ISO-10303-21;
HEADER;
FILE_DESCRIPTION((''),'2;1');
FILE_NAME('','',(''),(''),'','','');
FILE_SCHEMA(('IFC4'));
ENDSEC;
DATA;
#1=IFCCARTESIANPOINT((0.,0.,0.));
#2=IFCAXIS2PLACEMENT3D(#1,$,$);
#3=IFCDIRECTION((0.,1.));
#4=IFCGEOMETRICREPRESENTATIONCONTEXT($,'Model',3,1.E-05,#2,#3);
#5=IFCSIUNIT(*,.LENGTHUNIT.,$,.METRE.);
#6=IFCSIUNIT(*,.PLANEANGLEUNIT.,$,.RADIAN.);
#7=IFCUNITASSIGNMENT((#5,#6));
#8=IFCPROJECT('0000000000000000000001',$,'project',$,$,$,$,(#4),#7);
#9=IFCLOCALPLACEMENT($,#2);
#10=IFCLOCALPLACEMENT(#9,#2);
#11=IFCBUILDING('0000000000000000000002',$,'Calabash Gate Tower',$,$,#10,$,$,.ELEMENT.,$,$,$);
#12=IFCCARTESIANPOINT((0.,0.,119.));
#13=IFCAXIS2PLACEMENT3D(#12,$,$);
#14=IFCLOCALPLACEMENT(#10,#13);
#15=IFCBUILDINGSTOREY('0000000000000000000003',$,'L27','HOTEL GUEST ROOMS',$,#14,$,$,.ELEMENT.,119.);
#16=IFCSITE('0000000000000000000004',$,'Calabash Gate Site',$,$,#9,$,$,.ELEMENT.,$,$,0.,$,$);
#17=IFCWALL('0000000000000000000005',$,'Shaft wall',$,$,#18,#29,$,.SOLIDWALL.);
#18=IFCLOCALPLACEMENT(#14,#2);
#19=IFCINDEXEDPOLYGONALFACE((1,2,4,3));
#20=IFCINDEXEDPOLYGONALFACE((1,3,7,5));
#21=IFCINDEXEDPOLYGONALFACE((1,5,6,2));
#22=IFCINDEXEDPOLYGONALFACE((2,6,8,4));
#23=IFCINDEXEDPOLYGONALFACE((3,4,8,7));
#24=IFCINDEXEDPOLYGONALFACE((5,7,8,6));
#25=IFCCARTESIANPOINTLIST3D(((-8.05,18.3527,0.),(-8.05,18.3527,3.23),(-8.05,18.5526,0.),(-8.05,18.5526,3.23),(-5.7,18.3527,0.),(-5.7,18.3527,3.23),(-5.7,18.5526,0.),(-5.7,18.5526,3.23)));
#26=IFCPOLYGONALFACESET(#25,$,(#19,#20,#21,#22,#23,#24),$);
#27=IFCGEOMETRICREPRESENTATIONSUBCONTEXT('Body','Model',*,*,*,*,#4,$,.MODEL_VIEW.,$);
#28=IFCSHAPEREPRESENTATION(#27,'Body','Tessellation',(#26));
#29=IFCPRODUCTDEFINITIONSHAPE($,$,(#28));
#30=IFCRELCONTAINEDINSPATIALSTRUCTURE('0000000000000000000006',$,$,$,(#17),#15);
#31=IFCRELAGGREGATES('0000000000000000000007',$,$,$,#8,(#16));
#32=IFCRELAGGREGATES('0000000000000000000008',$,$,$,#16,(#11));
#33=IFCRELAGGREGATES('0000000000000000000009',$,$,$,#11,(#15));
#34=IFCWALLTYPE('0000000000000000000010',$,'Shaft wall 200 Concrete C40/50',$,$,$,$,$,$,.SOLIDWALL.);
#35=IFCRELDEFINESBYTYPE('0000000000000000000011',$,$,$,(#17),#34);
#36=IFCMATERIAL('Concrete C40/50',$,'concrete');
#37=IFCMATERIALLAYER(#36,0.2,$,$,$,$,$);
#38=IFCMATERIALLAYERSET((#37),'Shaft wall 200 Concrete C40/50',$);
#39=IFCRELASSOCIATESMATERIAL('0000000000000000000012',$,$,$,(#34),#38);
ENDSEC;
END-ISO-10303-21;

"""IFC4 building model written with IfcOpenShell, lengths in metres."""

from ifc_helpers import new_model, si_unit, direction, frame, frame_2d, origin, place, context, subcontext, project, spatial, rectangle, extrude, material, layer, layer_set, type_object, element, save


model = new_model("IFC4")

# Units and contexts
model_context = context("Model", 3, precision=1e-05, world=origin(), true_north=direction((0.0, 1.0)))
body_context = subcontext(model_context, "Body", "Model", "MODEL_VIEW")
ifc_project = project(units=[si_unit("LENGTHUNIT", "METRE"), si_unit("PLANEANGLEUNIT", "RADIAN")], contexts=[model_context])

# Site, building, storey
site_placement = place(None, origin())
site = spatial("IfcSite", under=ifc_project, at=site_placement, Name="Calabash Gate Site", CompositionType="ELEMENT", RefElevation=0.0)
building_placement = place(site_placement, origin())
building = spatial("IfcBuilding", under=site, at=building_placement, Name="Calabash Gate Tower", CompositionType="ELEMENT")
storey_placement = place(building_placement, frame((0.0, 0.0, 119.0)))
storey = spatial("IfcBuildingStorey", under=building, at=storey_placement, Name="L27", Description="HOTEL GUEST ROOMS", CompositionType="ELEMENT", Elevation=119.0)

# Shared definitions
ifc_material_1 = material(Name="Concrete C40/50", Category="concrete")
ifc_layer_1 = layer(ifc_material_1, 0.2)
ifc_layer_set_1 = layer_set([ifc_layer_1], Name="Shaft wall 200 Concrete C40/50")
wall_type_1 = type_object("IfcWallType", Name="Shaft wall 200 Concrete C40/50", PredefinedType="SOLIDWALL", material=ifc_layer_set_1)

# Wall
wall_1_placement = place(storey_placement, frame((-8.05, 18.4526, 0.0), z_axis=(0.0, 0.0, 1.0), x_axis=(1.0, 0.0, 0.0)))
element("IfcWall", 1, at=wall_1_placement, inside=storey, type_object=wall_type_1, Name="Shaft wall", PredefinedType="SOLIDWALL", context=body_context, shape_type="SweptSolid", body=[
    extrude(rectangle(XDim=2.3501, YDim=0.2, at=frame_2d((1.175, 0.0))), origin(), (0.0, 0.0, 1.0), 3.23),
])

save(model, "model.ifc")
